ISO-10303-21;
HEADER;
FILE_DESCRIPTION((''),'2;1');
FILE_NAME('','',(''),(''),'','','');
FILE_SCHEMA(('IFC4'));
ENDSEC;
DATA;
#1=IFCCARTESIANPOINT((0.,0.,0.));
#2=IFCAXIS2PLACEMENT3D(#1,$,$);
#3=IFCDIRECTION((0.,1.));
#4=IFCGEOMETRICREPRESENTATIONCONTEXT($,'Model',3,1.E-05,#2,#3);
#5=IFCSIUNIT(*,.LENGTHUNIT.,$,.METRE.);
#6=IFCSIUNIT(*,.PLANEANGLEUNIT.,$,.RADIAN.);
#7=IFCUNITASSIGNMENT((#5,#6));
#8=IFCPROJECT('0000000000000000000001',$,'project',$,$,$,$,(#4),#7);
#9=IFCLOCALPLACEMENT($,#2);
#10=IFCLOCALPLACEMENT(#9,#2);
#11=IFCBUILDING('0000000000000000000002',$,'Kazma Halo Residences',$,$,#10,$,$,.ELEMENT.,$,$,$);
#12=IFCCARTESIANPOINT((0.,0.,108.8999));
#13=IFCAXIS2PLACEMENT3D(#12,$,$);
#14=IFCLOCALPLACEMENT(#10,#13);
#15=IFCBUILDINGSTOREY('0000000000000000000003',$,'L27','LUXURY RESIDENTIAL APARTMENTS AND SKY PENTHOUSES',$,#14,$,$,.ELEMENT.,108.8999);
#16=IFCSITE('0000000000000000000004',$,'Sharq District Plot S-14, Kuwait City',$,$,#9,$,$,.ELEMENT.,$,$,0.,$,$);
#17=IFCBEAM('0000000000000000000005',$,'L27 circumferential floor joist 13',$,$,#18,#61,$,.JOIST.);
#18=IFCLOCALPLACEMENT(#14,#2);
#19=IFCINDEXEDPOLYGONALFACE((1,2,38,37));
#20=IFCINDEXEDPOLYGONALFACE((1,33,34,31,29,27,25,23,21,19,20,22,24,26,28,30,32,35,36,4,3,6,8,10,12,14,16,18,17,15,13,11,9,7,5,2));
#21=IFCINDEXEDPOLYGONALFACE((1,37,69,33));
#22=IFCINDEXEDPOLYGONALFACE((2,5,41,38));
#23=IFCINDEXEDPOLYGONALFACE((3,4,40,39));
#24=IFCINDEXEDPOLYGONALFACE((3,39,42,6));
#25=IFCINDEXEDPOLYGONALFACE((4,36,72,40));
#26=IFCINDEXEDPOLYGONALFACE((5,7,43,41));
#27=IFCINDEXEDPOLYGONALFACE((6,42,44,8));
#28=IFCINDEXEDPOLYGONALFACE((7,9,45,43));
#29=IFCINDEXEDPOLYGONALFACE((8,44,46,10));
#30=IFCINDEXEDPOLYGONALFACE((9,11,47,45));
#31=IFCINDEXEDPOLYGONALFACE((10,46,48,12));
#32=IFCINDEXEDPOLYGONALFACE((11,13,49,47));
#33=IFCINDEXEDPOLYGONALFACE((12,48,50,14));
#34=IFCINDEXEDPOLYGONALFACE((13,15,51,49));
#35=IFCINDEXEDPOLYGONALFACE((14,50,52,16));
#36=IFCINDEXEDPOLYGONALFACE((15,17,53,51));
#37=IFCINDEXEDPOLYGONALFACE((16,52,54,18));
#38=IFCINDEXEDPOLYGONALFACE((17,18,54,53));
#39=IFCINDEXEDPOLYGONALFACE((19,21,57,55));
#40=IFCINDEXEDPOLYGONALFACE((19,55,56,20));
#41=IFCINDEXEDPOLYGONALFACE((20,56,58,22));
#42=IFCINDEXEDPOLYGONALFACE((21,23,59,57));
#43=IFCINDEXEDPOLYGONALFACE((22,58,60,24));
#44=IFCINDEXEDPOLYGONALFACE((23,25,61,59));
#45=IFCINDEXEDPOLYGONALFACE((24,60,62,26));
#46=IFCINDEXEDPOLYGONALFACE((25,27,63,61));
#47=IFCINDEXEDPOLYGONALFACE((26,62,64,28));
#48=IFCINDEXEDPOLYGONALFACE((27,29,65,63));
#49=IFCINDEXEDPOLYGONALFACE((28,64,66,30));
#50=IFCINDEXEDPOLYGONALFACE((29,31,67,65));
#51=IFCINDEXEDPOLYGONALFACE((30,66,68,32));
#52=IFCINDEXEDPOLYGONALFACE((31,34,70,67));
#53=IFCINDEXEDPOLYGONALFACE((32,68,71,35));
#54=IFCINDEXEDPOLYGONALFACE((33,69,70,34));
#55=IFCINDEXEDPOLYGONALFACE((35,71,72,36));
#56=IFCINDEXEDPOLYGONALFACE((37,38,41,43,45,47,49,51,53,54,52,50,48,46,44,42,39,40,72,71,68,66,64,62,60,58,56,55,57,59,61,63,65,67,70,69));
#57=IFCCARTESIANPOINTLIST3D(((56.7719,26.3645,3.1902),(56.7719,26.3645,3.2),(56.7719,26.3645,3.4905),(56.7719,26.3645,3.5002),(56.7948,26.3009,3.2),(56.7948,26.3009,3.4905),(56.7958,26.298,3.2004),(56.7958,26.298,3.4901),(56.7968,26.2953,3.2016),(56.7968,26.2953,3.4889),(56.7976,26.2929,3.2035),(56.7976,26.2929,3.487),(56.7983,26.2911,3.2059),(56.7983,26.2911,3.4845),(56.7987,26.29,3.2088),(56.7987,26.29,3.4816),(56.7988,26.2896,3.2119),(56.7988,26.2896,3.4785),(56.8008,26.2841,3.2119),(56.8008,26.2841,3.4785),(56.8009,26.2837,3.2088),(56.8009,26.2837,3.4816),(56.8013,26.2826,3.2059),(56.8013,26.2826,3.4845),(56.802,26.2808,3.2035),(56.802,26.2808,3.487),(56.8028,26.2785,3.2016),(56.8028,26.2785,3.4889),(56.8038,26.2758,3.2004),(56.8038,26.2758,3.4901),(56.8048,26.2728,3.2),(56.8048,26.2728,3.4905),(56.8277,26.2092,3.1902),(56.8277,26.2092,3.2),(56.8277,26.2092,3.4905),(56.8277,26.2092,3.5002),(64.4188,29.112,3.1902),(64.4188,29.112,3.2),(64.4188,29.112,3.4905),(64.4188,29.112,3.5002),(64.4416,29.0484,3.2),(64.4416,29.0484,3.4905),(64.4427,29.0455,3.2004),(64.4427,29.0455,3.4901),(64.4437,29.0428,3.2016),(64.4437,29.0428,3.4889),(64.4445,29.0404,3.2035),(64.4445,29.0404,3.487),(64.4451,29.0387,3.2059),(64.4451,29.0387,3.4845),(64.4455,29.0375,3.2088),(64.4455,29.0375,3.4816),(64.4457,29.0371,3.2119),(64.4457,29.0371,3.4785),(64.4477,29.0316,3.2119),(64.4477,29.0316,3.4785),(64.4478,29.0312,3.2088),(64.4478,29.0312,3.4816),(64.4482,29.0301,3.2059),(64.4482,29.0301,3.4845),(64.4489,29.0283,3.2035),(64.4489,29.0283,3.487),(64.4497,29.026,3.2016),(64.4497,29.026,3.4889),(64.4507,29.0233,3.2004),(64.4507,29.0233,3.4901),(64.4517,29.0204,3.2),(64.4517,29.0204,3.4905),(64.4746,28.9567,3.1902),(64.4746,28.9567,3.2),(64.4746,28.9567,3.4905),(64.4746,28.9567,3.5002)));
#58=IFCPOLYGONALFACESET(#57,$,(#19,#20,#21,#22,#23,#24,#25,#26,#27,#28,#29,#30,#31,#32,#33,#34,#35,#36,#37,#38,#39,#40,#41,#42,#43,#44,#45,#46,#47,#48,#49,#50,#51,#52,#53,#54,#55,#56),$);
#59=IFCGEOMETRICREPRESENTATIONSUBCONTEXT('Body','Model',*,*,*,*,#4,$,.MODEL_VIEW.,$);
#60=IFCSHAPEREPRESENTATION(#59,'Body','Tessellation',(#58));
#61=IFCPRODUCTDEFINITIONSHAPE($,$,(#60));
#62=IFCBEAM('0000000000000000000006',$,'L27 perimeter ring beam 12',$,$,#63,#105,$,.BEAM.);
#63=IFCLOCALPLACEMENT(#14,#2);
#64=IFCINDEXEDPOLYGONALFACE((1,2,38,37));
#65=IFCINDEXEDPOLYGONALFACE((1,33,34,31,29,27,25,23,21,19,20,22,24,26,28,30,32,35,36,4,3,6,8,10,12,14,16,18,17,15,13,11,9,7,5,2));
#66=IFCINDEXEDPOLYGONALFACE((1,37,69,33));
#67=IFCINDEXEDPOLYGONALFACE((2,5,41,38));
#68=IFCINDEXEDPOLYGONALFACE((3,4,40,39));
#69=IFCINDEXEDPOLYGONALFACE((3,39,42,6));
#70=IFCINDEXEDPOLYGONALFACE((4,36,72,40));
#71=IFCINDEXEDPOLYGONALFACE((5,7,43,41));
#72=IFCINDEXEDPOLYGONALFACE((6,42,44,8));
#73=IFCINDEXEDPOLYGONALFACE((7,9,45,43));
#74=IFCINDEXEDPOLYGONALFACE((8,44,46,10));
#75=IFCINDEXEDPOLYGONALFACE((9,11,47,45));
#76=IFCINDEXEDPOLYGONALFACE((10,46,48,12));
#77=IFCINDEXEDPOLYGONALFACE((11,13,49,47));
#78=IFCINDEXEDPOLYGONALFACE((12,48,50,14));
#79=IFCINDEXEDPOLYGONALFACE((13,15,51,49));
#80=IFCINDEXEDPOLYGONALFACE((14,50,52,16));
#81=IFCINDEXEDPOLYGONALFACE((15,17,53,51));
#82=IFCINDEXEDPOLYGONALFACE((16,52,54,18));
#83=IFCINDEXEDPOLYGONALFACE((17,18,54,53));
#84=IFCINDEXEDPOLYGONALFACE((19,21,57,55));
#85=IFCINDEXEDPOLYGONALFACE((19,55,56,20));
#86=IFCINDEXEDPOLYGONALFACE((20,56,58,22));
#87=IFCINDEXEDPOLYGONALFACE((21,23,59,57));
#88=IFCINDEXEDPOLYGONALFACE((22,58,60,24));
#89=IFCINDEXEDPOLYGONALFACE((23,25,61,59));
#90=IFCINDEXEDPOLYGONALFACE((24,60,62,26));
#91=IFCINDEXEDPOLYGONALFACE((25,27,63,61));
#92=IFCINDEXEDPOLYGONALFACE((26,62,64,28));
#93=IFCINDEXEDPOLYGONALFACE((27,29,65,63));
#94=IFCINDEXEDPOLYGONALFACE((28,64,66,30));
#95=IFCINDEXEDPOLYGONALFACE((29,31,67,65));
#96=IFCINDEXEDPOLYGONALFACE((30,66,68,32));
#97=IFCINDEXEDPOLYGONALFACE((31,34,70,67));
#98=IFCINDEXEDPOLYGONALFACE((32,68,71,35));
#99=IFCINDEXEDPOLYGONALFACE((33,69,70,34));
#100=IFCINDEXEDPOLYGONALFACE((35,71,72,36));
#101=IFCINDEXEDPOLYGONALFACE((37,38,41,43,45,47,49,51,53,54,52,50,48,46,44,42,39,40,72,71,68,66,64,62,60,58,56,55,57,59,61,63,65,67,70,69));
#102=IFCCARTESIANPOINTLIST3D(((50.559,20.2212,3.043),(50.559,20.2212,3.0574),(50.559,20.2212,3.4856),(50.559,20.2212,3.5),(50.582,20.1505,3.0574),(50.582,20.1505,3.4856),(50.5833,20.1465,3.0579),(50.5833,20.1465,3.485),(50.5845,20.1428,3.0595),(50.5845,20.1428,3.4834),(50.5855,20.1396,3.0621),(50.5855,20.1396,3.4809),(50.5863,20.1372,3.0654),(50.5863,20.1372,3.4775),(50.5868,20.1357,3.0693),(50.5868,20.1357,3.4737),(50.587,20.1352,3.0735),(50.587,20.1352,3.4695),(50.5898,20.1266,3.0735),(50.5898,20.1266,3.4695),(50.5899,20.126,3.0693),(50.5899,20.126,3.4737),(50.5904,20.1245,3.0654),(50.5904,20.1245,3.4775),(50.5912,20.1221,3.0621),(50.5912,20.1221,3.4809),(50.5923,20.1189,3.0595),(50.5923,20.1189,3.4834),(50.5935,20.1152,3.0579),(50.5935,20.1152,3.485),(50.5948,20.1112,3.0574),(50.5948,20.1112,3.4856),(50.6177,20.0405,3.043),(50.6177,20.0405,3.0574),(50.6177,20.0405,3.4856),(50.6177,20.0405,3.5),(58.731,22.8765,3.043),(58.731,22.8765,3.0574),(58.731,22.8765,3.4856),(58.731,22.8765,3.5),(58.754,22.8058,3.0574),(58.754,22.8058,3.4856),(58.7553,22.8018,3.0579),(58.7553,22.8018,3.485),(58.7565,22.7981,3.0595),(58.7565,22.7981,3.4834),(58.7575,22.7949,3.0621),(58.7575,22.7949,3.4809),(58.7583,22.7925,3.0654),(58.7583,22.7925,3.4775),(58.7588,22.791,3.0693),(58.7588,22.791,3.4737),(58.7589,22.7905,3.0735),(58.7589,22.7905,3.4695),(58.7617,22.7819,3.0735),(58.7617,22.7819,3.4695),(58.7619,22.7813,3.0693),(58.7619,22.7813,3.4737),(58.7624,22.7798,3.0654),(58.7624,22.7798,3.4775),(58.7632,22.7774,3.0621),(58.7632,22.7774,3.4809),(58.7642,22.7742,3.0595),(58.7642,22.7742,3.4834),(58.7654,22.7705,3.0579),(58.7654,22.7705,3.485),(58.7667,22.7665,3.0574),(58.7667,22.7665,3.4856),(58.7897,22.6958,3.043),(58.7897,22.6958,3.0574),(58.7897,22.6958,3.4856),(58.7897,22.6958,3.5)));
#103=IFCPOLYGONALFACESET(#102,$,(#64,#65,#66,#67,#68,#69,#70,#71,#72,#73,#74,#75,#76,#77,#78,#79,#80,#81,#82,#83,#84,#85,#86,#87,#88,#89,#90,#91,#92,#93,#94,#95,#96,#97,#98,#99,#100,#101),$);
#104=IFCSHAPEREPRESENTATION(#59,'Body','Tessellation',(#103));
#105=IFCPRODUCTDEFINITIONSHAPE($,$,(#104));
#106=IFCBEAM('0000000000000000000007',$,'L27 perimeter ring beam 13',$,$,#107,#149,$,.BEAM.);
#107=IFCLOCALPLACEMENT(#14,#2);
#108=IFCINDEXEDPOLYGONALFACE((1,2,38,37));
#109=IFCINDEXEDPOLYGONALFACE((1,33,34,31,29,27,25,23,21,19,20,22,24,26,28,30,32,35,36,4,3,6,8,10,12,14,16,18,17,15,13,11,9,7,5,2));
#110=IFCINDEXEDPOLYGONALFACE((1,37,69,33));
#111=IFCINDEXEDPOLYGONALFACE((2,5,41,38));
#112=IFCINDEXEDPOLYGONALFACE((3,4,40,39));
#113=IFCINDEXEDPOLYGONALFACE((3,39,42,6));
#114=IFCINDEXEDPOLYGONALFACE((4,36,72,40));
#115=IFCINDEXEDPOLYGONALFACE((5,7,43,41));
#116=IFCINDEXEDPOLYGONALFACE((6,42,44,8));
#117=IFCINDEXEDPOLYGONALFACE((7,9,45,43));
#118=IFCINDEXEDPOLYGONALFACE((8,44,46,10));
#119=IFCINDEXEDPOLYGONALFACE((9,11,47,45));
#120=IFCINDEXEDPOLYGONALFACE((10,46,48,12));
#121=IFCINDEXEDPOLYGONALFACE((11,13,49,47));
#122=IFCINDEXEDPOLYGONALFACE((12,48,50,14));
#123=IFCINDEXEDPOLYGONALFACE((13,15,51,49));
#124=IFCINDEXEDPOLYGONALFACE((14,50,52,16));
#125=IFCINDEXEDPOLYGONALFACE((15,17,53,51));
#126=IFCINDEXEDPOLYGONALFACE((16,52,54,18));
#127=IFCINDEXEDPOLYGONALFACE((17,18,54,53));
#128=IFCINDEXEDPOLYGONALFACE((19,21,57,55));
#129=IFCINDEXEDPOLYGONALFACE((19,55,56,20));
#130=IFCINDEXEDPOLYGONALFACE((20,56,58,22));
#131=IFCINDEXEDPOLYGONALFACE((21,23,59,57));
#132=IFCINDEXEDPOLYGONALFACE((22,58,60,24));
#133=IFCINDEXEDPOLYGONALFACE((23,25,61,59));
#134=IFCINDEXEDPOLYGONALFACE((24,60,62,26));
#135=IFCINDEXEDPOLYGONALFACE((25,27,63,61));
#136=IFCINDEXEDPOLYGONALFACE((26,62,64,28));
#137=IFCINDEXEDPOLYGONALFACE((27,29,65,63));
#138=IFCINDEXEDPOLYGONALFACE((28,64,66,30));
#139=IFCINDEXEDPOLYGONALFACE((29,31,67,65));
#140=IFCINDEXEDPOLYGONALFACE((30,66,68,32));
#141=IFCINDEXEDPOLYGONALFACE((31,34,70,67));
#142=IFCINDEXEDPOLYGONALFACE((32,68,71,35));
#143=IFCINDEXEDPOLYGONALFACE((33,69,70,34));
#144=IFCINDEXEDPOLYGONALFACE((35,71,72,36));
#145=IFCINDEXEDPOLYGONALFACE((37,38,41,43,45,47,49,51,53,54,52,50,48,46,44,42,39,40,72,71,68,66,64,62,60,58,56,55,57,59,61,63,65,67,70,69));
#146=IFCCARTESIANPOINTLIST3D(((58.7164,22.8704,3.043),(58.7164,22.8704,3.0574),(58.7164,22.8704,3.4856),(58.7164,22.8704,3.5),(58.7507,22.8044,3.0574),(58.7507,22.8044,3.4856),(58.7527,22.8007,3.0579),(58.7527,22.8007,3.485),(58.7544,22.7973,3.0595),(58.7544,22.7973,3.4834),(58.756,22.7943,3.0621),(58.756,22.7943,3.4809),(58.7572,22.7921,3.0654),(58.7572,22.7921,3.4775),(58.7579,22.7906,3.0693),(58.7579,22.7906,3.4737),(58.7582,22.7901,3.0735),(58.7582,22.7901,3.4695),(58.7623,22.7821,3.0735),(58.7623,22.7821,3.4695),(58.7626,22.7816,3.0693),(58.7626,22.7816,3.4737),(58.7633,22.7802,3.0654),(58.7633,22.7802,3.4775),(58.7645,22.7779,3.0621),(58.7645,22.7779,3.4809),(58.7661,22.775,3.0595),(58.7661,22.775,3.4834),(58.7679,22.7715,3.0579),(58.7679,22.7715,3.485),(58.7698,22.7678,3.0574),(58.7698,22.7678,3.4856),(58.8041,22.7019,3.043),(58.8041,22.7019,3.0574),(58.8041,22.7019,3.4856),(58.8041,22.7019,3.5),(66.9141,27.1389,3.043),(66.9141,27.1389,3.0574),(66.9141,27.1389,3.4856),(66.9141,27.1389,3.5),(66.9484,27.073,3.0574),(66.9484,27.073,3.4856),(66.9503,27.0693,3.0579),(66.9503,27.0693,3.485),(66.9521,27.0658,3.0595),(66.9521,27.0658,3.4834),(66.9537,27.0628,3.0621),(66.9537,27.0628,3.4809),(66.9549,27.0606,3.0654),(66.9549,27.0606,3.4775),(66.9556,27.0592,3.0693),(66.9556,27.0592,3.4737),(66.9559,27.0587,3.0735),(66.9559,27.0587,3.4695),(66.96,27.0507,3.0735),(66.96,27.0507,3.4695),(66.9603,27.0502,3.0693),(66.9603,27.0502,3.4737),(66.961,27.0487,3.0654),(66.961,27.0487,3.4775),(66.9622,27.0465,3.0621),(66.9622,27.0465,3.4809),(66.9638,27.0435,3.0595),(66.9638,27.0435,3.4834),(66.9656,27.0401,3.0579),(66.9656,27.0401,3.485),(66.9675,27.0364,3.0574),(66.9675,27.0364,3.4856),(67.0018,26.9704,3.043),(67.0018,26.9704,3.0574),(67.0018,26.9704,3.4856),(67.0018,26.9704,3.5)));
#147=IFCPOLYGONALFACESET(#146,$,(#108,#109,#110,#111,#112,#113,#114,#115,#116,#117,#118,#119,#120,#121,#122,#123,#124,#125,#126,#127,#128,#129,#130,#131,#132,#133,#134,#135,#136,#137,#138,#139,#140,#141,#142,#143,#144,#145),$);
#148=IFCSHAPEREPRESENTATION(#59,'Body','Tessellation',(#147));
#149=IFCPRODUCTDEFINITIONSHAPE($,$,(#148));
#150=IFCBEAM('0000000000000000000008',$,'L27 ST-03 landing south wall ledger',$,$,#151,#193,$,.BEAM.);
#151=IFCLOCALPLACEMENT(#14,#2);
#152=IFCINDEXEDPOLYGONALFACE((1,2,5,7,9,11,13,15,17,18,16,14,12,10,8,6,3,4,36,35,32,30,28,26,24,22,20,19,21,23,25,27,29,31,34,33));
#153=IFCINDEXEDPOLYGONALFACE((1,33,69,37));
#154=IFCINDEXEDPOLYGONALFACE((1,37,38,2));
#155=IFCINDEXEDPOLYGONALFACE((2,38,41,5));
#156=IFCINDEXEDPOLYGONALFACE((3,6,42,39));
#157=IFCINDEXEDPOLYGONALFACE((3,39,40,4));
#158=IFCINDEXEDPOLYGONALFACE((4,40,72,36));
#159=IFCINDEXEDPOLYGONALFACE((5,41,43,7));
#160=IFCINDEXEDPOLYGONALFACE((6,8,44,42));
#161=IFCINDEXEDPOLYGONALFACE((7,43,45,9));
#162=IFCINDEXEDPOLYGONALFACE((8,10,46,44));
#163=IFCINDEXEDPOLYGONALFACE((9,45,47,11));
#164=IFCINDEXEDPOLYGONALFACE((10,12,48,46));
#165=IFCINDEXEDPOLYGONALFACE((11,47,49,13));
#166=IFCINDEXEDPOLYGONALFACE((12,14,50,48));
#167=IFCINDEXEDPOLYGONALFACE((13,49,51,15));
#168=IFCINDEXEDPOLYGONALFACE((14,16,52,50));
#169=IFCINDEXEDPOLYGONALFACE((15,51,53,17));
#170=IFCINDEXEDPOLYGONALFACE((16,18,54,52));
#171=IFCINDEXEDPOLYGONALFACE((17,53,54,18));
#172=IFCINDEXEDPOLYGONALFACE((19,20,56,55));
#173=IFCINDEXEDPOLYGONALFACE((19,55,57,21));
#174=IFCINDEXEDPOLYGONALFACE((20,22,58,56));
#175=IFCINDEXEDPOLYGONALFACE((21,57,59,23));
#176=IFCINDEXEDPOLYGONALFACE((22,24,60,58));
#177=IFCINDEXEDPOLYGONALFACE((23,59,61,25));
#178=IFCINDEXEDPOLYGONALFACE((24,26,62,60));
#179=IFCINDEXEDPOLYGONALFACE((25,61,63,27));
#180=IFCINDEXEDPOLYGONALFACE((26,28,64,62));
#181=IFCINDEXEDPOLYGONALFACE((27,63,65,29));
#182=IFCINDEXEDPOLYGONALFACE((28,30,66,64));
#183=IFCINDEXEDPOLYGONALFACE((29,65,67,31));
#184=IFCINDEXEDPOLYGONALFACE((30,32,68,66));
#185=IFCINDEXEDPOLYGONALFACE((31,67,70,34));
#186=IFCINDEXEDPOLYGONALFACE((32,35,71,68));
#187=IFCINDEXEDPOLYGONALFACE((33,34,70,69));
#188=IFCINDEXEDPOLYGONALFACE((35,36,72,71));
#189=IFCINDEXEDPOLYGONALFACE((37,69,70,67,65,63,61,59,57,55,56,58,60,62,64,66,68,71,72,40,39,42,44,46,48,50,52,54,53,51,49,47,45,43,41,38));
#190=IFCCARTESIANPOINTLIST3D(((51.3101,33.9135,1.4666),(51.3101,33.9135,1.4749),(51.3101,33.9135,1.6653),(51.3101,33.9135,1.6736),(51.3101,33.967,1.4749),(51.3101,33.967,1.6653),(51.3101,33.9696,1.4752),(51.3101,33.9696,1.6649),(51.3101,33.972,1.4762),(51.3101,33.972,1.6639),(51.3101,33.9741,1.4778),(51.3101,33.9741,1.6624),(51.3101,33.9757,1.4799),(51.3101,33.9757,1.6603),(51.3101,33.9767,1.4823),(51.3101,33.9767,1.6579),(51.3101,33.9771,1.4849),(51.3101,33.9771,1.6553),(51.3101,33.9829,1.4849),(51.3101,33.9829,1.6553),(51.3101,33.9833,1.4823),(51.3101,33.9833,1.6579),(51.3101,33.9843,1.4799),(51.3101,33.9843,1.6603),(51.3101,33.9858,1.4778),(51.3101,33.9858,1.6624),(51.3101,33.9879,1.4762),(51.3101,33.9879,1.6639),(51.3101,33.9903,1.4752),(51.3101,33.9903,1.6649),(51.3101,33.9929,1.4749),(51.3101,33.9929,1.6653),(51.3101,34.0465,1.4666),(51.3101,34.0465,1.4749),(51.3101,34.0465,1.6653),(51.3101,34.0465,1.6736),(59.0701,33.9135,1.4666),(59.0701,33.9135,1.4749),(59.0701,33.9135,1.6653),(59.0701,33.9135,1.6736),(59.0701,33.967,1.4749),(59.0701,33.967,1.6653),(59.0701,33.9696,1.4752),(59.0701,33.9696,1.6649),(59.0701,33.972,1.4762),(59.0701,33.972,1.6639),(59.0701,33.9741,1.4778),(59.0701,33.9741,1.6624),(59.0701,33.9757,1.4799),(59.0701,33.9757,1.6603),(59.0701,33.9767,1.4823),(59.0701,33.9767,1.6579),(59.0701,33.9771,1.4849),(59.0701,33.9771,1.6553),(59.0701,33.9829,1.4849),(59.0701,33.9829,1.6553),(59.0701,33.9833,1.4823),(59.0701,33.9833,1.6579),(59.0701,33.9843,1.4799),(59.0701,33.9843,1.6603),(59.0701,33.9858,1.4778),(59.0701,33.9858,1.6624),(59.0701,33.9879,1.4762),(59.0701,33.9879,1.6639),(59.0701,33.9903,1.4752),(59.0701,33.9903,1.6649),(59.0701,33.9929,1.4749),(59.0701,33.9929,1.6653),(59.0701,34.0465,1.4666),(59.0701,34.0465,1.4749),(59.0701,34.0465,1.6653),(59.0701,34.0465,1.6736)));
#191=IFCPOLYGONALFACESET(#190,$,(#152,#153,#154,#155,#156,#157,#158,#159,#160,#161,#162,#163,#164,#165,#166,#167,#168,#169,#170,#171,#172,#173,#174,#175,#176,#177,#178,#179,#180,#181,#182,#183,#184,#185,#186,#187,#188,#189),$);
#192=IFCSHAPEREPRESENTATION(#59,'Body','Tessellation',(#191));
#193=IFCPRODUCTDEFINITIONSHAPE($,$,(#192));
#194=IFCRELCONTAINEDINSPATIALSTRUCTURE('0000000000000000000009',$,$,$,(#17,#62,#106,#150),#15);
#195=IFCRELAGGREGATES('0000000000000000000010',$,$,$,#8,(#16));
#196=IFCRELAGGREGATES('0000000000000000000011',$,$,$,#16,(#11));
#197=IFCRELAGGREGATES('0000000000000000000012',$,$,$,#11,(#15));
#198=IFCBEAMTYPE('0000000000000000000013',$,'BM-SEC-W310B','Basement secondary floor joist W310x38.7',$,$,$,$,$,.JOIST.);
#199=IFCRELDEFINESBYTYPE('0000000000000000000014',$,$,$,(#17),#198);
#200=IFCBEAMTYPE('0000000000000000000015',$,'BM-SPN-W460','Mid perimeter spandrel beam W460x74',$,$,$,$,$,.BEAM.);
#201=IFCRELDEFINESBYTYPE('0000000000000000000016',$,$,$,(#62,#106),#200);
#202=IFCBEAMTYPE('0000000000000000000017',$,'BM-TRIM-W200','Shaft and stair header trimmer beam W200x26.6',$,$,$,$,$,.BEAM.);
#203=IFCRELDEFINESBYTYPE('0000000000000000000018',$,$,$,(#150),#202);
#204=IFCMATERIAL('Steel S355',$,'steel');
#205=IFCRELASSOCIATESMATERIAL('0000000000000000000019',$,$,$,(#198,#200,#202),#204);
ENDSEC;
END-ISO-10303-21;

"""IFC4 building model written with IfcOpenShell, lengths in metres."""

from ifc_helpers import new_model, si_unit, direction, frame, origin, origin_2d, place, context, subcontext, project, spatial, i_section, extrude, material, material_profile, profile_set, type_object, element, save


model = new_model("IFC4")

# Units and contexts
model_context = context("Model", 3, precision=1e-05, world=origin(), true_north=direction((0.0, 1.0)))
body_context = subcontext(model_context, "Body", "Model", "MODEL_VIEW")
ifc_project = project(units=[si_unit("LENGTHUNIT", "METRE"), si_unit("PLANEANGLEUNIT", "RADIAN")], contexts=[model_context])

# Site, building, storey
site_placement = place(None, origin())
site = spatial("IfcSite", under=ifc_project, at=site_placement, Name="Sharq District Plot S-14, Kuwait City", CompositionType="ELEMENT", RefElevation=0.0)
building_placement = place(site_placement, origin())
building = spatial("IfcBuilding", under=site, at=building_placement, Name="Kazma Halo Residences", CompositionType="ELEMENT")
storey_placement = place(building_placement, frame((0.0, 0.0, 108.8999)))
storey = spatial("IfcBuildingStorey", under=building, at=storey_placement, Name="L27", Description="LUXURY RESIDENTIAL APARTMENTS AND SKY PENTHOUSES", CompositionType="ELEMENT", Elevation=108.8999)

# Beams
ifc_material_1 = material(Name="Steel S355", Category="steel")
ifc_material_profile_1 = material_profile(ifc_material_1, i_section(OverallWidth=0.165, OverallDepth=0.3101, WebThickness=0.0059, FlangeThickness=0.0098, FilletRadius=0.012, at=origin_2d()), Name="W310x38.7")
ifc_profile_set_1 = profile_set([ifc_material_profile_1], Name="Steel S355")
beam_type_1 = type_object("IfcBeamType", Name="BM-SEC-W310B", Description="Basement secondary floor joist W310x38.7", PredefinedType="JOIST", material=ifc_profile_set_1)
beam_1_placement = place(storey_placement, frame((56.7998, 26.2869, 3.3452), z_axis=(0.941097, 0.338136, 0.0), x_axis=(-0.338136, 0.941097, 0.0)))
element("IfcBeam", 1, at=beam_1_placement, inside=storey, type_object=beam_type_1, Name="L27 circumferential floor joist 13", PredefinedType="JOIST", context=body_context, shape_type="SweptSolid", body=[
    extrude(i_section(OverallWidth=0.165, OverallDepth=0.3101, WebThickness=0.0059, FlangeThickness=0.0098, FilletRadius=0.012, at=origin_2d()), origin(), (0.0, 0.0, 1.0), 8.1255),
])
ifc_material_profile_2 = material_profile(ifc_material_1, i_section(OverallWidth=0.1899, OverallDepth=0.457, WebThickness=0.009, FlangeThickness=0.0144, FilletRadius=0.0161, at=origin_2d()), Name="W460x74")
ifc_profile_set_2 = profile_set([ifc_material_profile_2], Name="Steel S355")
beam_type_2 = type_object("IfcBeamType", Name="BM-SPN-W460", Description="Mid perimeter spandrel beam W460x74", PredefinedType="BEAM", material=ifc_profile_set_2)
beam_2_placement = place(storey_placement, frame((50.5884, 20.1309, 3.2715), z_axis=(0.951054, 0.309024, 0.0), x_axis=(-0.309024, 0.951054, 0.0)))
element("IfcBeam", 2, at=beam_2_placement, inside=storey, type_object=beam_type_2, Name="L27 perimeter ring beam 12", PredefinedType="BEAM", context=body_context, shape_type="SweptSolid", body=[
    extrude(i_section(OverallWidth=0.1899, OverallDepth=0.457, WebThickness=0.009, FlangeThickness=0.0144, FilletRadius=0.0161, at=origin_2d()), origin(), (0.0, 0.0, 1.0), 8.5925),
])
beam_3_placement = place(storey_placement, frame((58.7603, 22.7861, 3.2715), z_axis=(0.886963, 0.46184, 0.0), x_axis=(-0.46184, 0.886963, 0.0)))
element("IfcBeam", 3, at=beam_3_placement, inside=storey, type_object=beam_type_2, Name="L27 perimeter ring beam 13", PredefinedType="BEAM", context=body_context, shape_type="SweptSolid", body=[
    extrude(i_section(OverallWidth=0.1899, OverallDepth=0.457, WebThickness=0.009, FlangeThickness=0.0144, FilletRadius=0.0161, at=origin_2d()), origin(), (0.0, 0.0, 1.0), 9.2424),
])
ifc_material_profile_3 = material_profile(ifc_material_1, i_section(OverallWidth=0.1331, OverallDepth=0.207, WebThickness=0.0059, FlangeThickness=0.0083, FilletRadius=0.01, at=origin_2d()), Name="W200x26.6")
ifc_profile_set_3 = profile_set([ifc_material_profile_3], Name="Steel S355")
beam_type_3 = type_object("IfcBeamType", Name="BM-TRIM-W200", Description="Shaft and stair header trimmer beam W200x26.6", PredefinedType="BEAM", material=ifc_profile_set_3)
beam_4_placement = place(storey_placement, frame((51.3101, 33.98, 1.5701), z_axis=(1.0, 0.0, 0.0), x_axis=(0.0, 1.0, 0.0)))
element("IfcBeam", 4, at=beam_4_placement, inside=storey, type_object=beam_type_3, Name="L27 ST-03 landing south wall ledger", PredefinedType="BEAM", context=body_context, shape_type="SweptSolid", body=[
    extrude(i_section(OverallWidth=0.1331, OverallDepth=0.207, WebThickness=0.0059, FlangeThickness=0.0083, FilletRadius=0.01, at=origin_2d()), origin(), (0.0, 0.0, 1.0), 7.76),
])

save(model, "model.ifc")
